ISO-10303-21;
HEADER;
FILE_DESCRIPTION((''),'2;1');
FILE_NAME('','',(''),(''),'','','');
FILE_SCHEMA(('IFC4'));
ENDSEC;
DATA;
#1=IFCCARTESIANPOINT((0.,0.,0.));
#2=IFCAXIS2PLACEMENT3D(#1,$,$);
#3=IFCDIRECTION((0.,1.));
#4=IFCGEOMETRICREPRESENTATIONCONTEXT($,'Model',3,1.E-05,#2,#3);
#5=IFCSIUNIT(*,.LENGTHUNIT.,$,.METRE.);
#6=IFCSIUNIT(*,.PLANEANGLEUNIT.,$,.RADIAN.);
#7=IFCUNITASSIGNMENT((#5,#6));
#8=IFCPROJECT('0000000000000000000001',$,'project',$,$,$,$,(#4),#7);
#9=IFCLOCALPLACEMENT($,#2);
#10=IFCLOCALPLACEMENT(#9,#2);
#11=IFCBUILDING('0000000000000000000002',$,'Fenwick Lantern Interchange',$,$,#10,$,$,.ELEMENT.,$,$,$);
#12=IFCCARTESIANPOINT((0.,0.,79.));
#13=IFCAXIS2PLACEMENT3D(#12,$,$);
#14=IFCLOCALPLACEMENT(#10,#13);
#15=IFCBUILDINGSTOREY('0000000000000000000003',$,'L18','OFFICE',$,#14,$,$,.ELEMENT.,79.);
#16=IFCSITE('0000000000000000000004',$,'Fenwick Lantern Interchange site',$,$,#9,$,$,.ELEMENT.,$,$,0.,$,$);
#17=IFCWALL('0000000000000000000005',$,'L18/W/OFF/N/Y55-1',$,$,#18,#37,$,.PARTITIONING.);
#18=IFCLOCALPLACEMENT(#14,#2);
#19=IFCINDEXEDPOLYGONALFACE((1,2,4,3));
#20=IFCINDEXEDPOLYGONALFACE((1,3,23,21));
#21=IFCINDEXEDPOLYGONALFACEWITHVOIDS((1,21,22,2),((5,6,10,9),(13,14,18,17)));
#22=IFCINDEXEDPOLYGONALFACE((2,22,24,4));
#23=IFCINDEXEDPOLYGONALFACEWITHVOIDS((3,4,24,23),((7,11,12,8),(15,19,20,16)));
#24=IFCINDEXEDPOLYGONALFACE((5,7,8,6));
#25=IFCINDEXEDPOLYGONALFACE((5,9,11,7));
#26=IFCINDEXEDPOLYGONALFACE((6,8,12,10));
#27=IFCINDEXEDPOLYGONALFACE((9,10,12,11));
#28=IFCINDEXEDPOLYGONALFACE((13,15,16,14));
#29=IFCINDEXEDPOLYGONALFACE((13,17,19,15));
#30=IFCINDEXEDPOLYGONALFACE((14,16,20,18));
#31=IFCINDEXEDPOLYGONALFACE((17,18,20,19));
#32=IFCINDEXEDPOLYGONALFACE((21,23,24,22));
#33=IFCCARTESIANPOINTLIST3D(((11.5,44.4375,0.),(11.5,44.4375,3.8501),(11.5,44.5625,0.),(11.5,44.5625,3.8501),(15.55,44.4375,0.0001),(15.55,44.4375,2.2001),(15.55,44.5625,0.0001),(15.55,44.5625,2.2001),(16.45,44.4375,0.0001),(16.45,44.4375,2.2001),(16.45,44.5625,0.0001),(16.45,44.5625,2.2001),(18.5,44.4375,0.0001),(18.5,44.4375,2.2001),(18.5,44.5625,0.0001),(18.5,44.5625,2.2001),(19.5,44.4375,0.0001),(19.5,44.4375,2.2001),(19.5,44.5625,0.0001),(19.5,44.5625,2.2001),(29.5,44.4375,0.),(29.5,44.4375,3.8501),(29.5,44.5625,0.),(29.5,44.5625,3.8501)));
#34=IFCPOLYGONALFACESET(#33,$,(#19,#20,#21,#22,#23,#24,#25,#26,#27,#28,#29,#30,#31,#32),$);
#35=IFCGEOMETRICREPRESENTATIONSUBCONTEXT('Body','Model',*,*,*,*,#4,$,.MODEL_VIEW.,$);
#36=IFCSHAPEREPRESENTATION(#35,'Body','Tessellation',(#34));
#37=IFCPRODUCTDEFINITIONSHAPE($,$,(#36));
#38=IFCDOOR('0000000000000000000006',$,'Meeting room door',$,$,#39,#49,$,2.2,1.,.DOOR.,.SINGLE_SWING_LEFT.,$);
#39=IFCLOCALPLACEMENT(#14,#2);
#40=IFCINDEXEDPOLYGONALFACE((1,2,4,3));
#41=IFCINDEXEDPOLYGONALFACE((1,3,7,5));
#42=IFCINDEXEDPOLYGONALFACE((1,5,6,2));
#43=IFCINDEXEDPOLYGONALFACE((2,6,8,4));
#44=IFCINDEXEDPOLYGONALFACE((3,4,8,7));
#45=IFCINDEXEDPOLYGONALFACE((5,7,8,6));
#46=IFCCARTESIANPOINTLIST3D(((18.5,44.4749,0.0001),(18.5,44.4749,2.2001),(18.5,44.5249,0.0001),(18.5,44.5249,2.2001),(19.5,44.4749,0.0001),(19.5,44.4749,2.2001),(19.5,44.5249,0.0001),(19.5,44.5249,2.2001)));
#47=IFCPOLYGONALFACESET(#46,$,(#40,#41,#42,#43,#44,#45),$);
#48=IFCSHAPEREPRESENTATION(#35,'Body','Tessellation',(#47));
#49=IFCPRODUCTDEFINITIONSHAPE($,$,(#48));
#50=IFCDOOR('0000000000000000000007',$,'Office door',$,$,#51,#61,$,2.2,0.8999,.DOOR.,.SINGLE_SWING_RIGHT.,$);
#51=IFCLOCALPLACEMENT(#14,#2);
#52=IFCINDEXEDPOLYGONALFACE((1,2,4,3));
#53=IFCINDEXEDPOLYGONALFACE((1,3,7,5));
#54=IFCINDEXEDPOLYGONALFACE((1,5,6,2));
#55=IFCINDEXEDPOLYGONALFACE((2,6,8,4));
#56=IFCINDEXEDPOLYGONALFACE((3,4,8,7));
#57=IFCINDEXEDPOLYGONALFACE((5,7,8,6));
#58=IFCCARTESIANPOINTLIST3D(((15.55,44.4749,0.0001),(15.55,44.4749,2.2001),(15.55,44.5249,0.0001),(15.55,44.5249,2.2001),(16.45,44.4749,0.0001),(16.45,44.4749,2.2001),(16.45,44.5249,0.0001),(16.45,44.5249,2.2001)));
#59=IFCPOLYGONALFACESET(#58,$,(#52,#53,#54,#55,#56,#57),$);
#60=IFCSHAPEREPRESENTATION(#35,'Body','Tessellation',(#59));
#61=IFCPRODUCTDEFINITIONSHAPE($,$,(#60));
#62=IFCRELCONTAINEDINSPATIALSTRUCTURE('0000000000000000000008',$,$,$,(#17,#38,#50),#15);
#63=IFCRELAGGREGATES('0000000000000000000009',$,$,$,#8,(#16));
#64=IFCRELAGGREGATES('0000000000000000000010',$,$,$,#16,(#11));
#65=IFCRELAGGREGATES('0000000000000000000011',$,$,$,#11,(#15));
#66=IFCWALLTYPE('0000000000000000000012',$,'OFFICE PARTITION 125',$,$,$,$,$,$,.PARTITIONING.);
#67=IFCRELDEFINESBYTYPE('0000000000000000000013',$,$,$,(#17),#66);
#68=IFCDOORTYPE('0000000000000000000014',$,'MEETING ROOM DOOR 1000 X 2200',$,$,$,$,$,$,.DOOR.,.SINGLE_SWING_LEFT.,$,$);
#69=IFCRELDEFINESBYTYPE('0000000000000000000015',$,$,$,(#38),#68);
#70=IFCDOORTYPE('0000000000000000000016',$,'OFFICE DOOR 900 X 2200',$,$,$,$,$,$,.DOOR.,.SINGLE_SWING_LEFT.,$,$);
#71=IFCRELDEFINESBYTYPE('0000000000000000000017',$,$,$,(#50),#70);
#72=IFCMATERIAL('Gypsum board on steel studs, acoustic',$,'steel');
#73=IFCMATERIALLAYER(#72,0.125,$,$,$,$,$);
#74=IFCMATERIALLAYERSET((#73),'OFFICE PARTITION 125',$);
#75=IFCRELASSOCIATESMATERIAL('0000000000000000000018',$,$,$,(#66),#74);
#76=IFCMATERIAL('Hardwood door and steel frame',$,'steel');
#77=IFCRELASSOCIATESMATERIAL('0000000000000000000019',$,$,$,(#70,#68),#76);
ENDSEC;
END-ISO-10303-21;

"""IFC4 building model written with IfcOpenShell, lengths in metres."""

from ifc_helpers import new_model, si_unit, direction, frame, frame_2d, origin, place, context, subcontext, project, spatial, rectangle, extrude, material, layer, layer_set, type_object, element, fill, save


model = new_model("IFC4")

# Units and contexts
model_context = context("Model", 3, precision=1e-05, world=origin(), true_north=direction((0.0, 1.0)))
body_context = subcontext(model_context, "Body", "Model", "MODEL_VIEW")
ifc_project = project(units=[si_unit("LENGTHUNIT", "METRE"), si_unit("PLANEANGLEUNIT", "RADIAN")], contexts=[model_context])

# Site, building, storey
site_placement = place(None, origin())
site = spatial("IfcSite", under=ifc_project, at=site_placement, Name="Fenwick Lantern Interchange site", CompositionType="ELEMENT", RefElevation=0.0)
building_placement = place(site_placement, origin())
building = spatial("IfcBuilding", under=site, at=building_placement, Name="Fenwick Lantern Interchange", CompositionType="ELEMENT")
storey_placement = place(building_placement, frame((0.0, 0.0, 79.0)))
storey = spatial("IfcBuildingStorey", under=building, at=storey_placement, Name="L18", Description="OFFICE", CompositionType="ELEMENT", Elevation=79.0)

# Shared definitions
ifc_material_1 = material(Name="Gypsum board on steel studs, acoustic", Category="steel")
ifc_layer_1 = layer(ifc_material_1, 0.125)
ifc_layer_set_1 = layer_set([ifc_layer_1], Name="OFFICE PARTITION 125")
wall_type_1 = type_object("IfcWallType", Name="OFFICE PARTITION 125", PredefinedType="PARTITIONING", material=ifc_layer_set_1)
ifc_material_2 = material(Name="Hardwood door and steel frame", Category="steel")
door_type_1 = type_object("IfcDoorType", Name="OFFICE DOOR 900 X 2200", OperationType="SINGLE_SWING_LEFT", PredefinedType="DOOR", material=ifc_material_2)

# Wall, openings, doors
wall_1_placement = place(storey_placement, frame((29.5, 44.5, 0.0), z_axis=(0.0, 0.0, 1.0), x_axis=(-1.0, 0.0, 0.0)))
wall_1 = element("IfcWall", 1, at=wall_1_placement, inside=storey, type_object=wall_type_1, Name="L18/W/OFF/N/Y55-1", PredefinedType="PARTITIONING", context=body_context, shape_type="SweptSolid", body=[
    extrude(rectangle(XDim=18.0, YDim=0.125, at=frame_2d((9.0, 0.0))), origin(), (0.0, 0.0, 1.0), 3.8501),
])
opening_1_placement = place(wall_1_placement, frame((10.0, 0.0, 0.0)))
opening_1 = element("IfcOpeningElement", 2, at=opening_1_placement, cuts=wall_1, PredefinedType="OPENING", context=body_context, shape_type="SweptSolid", body=[
    extrude(rectangle(XDim=1.0, YDim=2.2, at=frame_2d((0.5, 1.1001))), frame((0.0, 0.0725, 0.0), z_axis=(0.0, -1.0, 0.0), x_axis=(1.0, 0.0, 0.0)), (0.0, 0.0, 1.0), 0.145),
])
opening_2_placement = place(wall_1_placement, frame((13.05, 0.0, 0.0)))
opening_2 = element("IfcOpeningElement", 3, at=opening_2_placement, cuts=wall_1, PredefinedType="OPENING", context=body_context, shape_type="SweptSolid", body=[
    extrude(rectangle(XDim=0.8999, YDim=2.2, at=frame_2d((0.45, 1.1001))), frame((0.0, 0.0725, 0.0), z_axis=(0.0, -1.0, 0.0), x_axis=(1.0, 0.0, 0.0)), (0.0, 0.0, 1.0), 0.145),
])
door_type_2 = type_object("IfcDoorType", Name="MEETING ROOM DOOR 1000 X 2200", OperationType="SINGLE_SWING_LEFT", PredefinedType="DOOR", material=ifc_material_2)
door_1_placement = place(opening_1_placement, frame((1.0, 0.0, 0.0), z_axis=(0.0, 0.0, 1.0), x_axis=(-1.0, 0.0, 0.0)))
door_1 = element("IfcDoor", 4, at=door_1_placement, inside=storey, type_object=door_type_2, Name="Meeting room door", OperationType="SINGLE_SWING_LEFT", OverallHeight=2.2, OverallWidth=1.0, PredefinedType="DOOR", context=body_context, shape_type="SweptSolid", body=[
    extrude(rectangle(XDim=1.0, YDim=2.2, at=frame_2d((0.5, 1.1001))), frame((0.0, 0.0249, 0.0), z_axis=(0.0, -1.0, 0.0), x_axis=(1.0, 0.0, 0.0)), (0.0, 0.0, 1.0), 0.05),
])
fill(opening_1, door_1)
door_2_placement = place(opening_2_placement, frame((0.8999, 0.0, 0.0), z_axis=(0.0, 0.0, 1.0), x_axis=(-1.0, 0.0, 0.0)))
door_2 = element("IfcDoor", 5, at=door_2_placement, inside=storey, type_object=door_type_1, Name="Office door", OperationType="SINGLE_SWING_RIGHT", OverallHeight=2.2, OverallWidth=0.8999, PredefinedType="DOOR", context=body_context, shape_type="SweptSolid", body=[
    extrude(rectangle(XDim=0.8999, YDim=2.2, at=frame_2d((0.45, 1.1001))), frame((0.0, 0.0249, 0.0), z_axis=(0.0, -1.0, 0.0), x_axis=(1.0, 0.0, 0.0)), (0.0, 0.0, 1.0), 0.05),
])
fill(opening_2, door_2)

save(model, "model.ifc")
